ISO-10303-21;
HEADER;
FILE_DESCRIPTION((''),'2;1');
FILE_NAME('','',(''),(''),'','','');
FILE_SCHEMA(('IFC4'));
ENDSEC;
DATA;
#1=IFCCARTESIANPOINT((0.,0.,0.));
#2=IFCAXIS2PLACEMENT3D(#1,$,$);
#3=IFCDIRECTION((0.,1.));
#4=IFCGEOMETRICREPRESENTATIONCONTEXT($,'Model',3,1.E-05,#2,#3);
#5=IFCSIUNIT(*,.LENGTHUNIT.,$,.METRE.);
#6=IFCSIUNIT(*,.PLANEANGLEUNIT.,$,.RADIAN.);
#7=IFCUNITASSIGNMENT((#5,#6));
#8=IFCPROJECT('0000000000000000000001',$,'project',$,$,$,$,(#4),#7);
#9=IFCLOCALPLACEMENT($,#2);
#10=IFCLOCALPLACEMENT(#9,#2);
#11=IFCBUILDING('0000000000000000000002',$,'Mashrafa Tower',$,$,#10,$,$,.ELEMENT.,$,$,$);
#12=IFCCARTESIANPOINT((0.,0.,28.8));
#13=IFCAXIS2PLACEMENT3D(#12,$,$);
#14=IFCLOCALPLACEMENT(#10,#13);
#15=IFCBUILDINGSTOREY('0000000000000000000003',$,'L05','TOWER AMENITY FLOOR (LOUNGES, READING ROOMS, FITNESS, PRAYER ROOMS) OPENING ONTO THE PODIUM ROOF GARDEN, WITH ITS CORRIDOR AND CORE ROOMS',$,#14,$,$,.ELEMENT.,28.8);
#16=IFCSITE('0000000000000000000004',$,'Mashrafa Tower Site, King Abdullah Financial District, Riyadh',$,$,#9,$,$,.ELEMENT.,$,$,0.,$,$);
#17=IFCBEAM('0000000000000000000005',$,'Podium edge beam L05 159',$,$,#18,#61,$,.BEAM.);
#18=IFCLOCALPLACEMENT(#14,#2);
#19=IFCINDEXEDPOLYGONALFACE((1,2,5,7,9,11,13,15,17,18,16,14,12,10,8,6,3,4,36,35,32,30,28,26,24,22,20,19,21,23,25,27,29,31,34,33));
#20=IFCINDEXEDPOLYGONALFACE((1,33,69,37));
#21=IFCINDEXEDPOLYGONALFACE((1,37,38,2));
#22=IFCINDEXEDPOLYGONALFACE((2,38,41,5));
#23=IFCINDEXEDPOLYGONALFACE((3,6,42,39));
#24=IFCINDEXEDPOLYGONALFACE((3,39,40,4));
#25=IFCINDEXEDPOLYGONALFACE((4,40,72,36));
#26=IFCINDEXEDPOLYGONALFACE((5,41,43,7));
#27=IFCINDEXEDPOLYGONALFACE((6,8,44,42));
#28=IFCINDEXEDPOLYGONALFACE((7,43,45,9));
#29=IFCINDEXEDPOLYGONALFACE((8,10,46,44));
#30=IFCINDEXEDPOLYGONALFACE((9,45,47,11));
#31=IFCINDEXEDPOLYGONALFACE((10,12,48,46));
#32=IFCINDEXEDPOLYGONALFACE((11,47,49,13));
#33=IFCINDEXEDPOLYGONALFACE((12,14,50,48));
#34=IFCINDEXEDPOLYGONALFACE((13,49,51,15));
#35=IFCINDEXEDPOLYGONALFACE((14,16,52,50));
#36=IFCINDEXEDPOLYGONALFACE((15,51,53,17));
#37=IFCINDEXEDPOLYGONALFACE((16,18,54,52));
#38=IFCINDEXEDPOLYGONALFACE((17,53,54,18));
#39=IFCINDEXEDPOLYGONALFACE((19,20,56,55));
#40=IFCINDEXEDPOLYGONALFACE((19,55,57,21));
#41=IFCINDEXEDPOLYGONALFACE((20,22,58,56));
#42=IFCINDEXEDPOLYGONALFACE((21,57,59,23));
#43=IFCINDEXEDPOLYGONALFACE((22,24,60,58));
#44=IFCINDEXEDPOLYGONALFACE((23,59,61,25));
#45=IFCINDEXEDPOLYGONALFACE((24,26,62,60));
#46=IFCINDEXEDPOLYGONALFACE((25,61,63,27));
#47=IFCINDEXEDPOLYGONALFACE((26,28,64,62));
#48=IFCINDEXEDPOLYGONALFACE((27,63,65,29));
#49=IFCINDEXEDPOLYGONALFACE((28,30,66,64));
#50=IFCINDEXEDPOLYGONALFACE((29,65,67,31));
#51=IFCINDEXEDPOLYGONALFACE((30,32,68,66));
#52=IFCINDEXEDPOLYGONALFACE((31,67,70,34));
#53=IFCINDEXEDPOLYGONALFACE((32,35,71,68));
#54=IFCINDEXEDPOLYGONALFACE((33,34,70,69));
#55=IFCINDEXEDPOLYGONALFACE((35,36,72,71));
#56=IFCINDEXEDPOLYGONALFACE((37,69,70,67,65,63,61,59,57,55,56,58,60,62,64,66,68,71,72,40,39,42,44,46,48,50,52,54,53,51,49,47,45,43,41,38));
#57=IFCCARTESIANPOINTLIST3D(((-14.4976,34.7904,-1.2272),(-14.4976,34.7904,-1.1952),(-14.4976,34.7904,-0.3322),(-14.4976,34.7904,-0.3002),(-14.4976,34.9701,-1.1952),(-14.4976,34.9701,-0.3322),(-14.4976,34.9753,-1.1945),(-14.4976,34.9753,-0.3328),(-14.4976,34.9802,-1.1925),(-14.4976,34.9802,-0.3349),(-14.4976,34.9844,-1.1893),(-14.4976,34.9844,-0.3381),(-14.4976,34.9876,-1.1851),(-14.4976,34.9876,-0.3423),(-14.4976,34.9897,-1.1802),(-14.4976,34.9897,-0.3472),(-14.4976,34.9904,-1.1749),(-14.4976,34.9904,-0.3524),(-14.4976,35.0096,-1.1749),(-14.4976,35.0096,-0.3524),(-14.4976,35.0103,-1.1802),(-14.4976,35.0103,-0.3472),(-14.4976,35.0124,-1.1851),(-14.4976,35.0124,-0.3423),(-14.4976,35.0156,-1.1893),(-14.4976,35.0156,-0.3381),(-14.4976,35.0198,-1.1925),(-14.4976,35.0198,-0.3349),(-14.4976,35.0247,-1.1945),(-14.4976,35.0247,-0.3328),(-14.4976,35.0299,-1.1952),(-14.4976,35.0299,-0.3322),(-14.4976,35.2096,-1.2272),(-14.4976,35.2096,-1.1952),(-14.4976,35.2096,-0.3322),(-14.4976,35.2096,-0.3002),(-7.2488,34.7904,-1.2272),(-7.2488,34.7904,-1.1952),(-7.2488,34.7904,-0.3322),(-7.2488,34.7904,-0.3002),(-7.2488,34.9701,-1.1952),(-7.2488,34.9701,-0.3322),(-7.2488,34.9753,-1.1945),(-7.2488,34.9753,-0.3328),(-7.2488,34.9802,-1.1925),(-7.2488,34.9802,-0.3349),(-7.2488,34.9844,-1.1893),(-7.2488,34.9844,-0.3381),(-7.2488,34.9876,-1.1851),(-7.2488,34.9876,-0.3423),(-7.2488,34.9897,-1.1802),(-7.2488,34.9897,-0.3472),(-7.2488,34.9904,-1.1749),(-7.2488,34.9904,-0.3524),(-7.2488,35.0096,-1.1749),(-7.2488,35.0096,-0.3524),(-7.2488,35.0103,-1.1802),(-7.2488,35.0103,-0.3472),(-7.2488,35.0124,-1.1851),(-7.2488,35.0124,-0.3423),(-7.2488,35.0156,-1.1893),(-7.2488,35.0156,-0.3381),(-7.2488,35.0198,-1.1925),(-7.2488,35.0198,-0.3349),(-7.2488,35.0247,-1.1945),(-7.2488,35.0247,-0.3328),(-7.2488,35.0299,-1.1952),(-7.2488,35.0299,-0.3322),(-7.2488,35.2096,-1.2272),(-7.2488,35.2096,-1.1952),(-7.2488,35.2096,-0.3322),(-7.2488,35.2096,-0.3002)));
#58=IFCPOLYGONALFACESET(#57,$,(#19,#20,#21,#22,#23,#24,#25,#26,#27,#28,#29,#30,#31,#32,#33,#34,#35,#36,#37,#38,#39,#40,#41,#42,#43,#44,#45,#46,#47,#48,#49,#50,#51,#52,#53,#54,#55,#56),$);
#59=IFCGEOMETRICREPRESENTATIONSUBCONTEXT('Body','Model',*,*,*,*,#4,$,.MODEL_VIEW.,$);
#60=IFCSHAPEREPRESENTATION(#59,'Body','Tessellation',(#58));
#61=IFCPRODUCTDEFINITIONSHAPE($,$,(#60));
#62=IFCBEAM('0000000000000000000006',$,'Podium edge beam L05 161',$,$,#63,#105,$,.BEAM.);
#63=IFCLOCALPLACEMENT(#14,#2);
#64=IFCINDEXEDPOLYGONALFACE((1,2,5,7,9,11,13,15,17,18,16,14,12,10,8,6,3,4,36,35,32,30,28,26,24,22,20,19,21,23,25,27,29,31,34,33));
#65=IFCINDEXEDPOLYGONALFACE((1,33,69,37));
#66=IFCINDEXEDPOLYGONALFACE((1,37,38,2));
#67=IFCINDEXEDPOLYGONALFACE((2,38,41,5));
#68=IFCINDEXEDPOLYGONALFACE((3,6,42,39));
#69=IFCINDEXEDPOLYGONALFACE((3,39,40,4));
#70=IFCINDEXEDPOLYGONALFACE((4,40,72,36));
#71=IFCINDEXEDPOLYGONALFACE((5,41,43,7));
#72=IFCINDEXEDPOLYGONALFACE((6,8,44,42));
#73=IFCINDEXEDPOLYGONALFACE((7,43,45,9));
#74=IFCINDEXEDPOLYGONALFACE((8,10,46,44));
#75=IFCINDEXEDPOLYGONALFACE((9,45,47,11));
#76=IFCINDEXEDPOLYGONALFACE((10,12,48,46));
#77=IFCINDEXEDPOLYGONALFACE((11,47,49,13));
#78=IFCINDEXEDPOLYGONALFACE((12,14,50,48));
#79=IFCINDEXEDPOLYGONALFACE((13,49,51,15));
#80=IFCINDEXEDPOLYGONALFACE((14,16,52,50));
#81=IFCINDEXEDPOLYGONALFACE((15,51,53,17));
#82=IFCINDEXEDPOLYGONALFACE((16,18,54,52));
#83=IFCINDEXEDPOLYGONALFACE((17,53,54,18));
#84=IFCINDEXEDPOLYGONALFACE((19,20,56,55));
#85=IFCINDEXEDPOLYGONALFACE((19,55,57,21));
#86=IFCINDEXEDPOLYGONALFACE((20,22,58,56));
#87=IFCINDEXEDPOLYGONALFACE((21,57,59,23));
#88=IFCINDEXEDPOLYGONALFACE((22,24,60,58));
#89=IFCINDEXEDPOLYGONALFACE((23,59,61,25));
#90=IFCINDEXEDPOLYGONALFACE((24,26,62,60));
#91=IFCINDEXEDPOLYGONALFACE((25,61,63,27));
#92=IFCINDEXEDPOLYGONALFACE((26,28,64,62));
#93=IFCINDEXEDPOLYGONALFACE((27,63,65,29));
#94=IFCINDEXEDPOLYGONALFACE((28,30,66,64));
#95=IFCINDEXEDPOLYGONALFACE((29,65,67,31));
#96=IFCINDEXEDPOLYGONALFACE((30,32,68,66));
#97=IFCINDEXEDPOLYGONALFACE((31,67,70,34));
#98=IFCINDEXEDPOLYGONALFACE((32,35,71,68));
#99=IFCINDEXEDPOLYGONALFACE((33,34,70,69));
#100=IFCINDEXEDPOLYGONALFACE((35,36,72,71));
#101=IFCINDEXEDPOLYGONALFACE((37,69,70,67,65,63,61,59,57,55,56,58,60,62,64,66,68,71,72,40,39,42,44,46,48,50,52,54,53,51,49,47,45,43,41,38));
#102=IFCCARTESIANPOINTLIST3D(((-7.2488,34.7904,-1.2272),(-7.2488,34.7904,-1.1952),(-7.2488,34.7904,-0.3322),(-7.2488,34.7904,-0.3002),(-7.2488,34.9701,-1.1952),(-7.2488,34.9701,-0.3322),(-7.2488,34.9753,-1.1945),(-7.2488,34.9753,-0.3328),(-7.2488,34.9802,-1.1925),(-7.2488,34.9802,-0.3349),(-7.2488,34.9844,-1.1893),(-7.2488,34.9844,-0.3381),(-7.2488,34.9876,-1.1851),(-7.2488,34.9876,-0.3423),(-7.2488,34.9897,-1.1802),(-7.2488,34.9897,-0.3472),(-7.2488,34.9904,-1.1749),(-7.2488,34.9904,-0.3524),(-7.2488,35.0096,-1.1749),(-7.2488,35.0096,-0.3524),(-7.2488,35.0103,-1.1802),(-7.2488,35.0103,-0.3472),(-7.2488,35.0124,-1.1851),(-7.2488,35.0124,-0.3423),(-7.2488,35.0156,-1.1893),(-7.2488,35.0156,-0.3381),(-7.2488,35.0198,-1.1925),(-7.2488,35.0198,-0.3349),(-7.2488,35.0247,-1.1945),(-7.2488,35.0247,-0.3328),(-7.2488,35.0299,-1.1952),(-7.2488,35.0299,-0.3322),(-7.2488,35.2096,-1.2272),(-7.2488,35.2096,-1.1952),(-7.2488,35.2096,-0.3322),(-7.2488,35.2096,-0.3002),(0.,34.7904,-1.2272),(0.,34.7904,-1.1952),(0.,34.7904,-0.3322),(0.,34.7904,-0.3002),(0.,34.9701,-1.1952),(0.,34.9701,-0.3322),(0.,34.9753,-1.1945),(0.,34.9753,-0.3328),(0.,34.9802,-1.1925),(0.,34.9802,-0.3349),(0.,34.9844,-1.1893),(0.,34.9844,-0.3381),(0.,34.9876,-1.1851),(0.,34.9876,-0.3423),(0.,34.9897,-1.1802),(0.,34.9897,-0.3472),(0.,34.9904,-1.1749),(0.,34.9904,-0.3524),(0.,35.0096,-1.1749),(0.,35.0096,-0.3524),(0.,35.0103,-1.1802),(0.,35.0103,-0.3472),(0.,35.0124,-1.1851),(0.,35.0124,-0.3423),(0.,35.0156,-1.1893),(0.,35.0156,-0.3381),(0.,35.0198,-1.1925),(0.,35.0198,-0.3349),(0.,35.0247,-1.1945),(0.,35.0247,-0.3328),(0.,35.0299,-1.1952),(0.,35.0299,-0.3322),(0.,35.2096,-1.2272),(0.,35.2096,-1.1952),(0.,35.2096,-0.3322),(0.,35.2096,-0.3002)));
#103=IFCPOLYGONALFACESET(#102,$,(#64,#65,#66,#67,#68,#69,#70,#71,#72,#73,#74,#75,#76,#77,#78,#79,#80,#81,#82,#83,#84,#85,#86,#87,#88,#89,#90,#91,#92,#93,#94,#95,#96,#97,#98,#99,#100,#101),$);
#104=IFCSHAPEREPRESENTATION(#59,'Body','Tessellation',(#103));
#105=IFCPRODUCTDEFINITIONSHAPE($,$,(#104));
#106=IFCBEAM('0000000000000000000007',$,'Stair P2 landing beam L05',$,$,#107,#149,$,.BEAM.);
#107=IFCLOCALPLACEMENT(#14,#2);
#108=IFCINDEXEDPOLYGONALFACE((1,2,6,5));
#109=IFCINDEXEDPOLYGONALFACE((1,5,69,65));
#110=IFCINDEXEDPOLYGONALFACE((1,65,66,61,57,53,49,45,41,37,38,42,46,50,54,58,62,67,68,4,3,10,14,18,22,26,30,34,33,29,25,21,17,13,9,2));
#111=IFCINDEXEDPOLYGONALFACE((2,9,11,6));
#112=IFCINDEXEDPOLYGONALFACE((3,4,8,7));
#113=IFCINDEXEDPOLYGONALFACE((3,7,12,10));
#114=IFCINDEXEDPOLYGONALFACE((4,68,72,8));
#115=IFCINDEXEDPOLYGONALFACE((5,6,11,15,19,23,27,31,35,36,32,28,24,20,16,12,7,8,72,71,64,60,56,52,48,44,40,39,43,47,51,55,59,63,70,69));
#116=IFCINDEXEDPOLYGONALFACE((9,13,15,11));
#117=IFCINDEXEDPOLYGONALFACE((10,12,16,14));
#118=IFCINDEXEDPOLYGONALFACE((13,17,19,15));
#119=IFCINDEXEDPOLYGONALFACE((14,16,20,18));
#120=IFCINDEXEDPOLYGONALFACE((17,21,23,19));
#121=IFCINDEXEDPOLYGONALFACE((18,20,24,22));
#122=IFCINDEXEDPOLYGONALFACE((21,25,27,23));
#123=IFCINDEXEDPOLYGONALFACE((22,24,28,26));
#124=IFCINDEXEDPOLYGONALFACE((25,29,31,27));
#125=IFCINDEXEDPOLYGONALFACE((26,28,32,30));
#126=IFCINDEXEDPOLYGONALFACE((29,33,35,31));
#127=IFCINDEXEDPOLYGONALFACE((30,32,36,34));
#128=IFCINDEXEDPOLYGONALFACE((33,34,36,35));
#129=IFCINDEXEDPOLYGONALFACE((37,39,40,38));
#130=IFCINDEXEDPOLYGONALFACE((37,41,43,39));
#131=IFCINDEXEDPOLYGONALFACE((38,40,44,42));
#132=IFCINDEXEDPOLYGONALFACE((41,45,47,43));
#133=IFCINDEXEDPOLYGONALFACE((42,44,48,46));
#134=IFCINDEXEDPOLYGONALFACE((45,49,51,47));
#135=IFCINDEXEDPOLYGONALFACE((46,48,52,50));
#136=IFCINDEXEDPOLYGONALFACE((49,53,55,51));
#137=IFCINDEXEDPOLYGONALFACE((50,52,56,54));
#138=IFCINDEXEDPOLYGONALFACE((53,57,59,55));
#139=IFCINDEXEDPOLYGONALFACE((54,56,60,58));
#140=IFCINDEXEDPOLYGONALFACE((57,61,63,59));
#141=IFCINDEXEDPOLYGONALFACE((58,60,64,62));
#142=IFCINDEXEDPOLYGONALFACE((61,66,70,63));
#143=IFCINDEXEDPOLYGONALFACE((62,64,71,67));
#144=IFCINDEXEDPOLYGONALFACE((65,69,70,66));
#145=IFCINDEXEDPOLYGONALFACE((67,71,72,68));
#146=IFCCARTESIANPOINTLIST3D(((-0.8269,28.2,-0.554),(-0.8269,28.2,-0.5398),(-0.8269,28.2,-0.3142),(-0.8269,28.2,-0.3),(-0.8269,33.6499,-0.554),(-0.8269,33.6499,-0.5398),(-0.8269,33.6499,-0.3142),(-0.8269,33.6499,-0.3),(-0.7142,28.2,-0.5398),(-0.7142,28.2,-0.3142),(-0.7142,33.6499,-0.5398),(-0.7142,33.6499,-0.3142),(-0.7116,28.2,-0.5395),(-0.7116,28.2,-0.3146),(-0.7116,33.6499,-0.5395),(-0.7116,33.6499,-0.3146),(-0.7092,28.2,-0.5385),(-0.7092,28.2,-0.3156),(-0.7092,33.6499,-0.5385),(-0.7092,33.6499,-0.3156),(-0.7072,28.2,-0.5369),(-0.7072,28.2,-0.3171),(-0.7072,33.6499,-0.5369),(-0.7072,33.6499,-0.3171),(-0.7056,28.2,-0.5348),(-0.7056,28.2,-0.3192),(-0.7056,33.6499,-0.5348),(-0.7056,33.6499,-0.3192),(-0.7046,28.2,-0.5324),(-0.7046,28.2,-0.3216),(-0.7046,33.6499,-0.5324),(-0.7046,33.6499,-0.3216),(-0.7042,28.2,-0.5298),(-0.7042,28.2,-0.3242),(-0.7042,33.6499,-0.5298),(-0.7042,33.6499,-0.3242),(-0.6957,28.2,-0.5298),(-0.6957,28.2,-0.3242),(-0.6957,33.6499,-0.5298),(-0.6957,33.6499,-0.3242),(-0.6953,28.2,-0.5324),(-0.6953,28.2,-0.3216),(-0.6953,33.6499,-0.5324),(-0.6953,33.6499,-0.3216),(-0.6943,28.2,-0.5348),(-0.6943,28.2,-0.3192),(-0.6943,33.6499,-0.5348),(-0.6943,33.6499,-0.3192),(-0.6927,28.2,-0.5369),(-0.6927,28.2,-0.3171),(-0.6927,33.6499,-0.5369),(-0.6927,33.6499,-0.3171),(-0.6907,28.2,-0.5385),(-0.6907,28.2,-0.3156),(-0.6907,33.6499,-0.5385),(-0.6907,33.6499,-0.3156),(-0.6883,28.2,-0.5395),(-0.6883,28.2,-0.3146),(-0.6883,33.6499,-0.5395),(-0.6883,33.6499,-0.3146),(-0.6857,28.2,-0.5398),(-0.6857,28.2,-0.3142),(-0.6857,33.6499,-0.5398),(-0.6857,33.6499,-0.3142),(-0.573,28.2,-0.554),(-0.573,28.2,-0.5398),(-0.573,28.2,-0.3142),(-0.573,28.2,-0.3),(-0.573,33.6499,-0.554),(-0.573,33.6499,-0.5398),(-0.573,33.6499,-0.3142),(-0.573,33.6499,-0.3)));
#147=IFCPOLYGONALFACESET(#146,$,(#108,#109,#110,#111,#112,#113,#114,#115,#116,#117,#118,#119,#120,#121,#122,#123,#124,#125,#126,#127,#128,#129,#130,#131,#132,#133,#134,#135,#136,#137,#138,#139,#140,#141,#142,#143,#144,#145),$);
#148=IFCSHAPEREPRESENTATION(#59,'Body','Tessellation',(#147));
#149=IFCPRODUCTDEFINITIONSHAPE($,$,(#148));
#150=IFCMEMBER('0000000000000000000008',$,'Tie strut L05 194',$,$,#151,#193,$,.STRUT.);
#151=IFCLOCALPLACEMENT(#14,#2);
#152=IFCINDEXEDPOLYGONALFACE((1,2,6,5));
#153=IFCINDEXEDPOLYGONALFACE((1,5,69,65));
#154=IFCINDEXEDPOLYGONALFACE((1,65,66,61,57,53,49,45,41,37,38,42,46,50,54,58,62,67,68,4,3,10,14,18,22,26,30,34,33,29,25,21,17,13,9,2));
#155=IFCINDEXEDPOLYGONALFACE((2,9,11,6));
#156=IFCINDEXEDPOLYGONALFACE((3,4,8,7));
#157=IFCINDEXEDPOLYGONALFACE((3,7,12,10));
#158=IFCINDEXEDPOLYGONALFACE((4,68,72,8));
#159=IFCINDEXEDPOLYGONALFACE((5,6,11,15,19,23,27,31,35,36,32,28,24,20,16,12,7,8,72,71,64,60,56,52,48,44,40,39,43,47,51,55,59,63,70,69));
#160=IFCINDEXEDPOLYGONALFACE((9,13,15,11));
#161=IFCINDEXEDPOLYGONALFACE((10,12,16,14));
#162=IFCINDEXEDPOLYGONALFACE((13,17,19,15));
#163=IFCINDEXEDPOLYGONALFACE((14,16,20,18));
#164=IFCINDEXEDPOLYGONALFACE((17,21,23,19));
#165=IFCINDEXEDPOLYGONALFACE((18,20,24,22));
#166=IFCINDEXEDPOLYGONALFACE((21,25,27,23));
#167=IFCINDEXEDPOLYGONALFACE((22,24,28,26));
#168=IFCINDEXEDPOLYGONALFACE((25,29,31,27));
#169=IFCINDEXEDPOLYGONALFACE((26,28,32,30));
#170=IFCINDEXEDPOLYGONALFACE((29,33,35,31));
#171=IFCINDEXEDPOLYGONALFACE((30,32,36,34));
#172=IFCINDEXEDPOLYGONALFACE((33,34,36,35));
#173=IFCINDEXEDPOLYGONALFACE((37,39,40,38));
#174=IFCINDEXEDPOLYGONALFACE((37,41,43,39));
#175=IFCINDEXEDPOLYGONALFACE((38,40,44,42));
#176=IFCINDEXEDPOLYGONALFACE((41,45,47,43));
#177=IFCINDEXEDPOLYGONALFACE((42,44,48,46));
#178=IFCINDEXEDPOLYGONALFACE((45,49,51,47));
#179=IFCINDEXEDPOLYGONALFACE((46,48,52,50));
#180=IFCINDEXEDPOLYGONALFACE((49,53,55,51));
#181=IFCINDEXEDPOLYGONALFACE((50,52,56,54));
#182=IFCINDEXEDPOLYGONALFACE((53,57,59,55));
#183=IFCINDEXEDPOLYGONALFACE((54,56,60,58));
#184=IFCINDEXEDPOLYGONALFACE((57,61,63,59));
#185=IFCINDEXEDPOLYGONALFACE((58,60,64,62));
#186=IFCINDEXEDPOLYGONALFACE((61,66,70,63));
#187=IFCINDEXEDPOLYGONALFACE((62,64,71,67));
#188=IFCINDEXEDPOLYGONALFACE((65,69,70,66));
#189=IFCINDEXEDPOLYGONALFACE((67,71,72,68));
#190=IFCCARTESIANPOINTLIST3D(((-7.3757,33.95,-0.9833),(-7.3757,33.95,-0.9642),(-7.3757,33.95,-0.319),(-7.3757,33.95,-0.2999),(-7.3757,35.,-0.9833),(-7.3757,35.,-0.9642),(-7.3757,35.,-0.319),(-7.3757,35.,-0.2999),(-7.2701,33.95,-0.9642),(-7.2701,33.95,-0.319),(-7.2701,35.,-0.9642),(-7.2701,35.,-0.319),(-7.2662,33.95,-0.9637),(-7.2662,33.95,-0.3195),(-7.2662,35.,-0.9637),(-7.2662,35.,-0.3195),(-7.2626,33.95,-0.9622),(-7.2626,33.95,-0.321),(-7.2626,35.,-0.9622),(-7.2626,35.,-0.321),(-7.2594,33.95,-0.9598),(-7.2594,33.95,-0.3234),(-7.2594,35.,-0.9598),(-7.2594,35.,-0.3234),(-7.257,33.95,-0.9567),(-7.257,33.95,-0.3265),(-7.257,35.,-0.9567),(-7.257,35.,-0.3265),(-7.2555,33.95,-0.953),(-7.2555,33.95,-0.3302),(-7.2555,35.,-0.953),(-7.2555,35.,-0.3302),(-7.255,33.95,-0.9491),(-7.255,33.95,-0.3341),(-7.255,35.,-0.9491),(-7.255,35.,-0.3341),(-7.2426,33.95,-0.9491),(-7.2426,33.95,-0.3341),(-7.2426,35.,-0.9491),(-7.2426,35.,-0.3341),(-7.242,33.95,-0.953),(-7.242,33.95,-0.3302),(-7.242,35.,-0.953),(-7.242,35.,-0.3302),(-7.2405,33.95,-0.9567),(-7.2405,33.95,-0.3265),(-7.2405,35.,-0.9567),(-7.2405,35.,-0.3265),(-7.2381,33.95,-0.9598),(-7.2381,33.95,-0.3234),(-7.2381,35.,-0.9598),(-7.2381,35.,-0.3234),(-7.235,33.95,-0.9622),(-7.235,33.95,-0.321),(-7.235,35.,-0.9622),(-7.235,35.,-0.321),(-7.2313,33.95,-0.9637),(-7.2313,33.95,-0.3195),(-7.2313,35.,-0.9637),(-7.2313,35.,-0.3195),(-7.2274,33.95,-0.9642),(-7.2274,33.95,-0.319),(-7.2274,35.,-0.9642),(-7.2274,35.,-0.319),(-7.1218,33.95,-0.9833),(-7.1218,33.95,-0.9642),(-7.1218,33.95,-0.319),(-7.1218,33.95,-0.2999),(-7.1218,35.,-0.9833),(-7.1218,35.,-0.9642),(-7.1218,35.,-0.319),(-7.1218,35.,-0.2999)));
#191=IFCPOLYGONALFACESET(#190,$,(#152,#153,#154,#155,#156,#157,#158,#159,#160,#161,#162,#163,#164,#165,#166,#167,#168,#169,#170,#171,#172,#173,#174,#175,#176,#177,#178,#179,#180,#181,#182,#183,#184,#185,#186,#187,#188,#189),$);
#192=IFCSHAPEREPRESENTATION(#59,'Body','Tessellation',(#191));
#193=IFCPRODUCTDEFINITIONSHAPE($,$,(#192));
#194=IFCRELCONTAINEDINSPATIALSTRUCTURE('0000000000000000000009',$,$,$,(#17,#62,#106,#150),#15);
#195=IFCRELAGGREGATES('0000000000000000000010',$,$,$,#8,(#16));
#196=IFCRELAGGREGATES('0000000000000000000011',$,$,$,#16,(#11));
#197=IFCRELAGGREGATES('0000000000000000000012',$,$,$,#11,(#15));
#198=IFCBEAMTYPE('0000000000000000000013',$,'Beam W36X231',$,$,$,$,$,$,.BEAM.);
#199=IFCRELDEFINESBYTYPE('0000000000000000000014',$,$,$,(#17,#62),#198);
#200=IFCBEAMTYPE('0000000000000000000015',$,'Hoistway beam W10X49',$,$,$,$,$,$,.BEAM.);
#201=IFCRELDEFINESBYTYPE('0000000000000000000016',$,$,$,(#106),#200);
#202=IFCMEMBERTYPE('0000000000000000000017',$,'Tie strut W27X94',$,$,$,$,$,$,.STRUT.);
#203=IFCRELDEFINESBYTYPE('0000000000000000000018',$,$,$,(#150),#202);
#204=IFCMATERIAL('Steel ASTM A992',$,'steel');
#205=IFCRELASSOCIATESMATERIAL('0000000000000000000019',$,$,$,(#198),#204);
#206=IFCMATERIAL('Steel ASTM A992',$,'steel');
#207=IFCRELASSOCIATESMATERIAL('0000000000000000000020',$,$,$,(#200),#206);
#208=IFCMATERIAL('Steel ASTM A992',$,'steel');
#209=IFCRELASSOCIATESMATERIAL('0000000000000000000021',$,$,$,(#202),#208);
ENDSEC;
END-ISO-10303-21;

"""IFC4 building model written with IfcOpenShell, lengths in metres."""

from ifc_helpers import new_model, si_unit, direction, frame, origin, origin_2d, place, context, subcontext, project, spatial, i_section, extrude, source, transform, mapped, material, material_profile, profile_set, type_object, type_shapes, element, save


model = new_model("IFC4")

# Units and contexts
model_context = context("Model", 3, precision=1e-05, world=origin(), true_north=direction((0.0, 1.0)))
body_context = subcontext(model_context, "Body", "Model", "MODEL_VIEW")
ifc_project = project(units=[si_unit("LENGTHUNIT", "METRE"), si_unit("PLANEANGLEUNIT", "RADIAN")], contexts=[model_context])

# Site, building, storey
site_placement = place(None, origin())
site = spatial("IfcSite", under=ifc_project, at=site_placement, Name="Mashrafa Tower Site, King Abdullah Financial District, Riyadh", CompositionType="ELEMENT", RefElevation=0.0)
building_placement = place(site_placement, origin())
building = spatial("IfcBuilding", under=site, at=building_placement, Name="Mashrafa Tower", CompositionType="ELEMENT")
storey_placement = place(building_placement, frame((0.0, 0.0, 28.8)))
storey = spatial("IfcBuildingStorey", under=building, at=storey_placement, Name="L05", Description="TOWER AMENITY FLOOR (LOUNGES, READING ROOMS, FITNESS, PRAYER ROOMS) OPENING ONTO THE PODIUM ROOF GARDEN, WITH ITS CORRIDOR AND CORE ROOMS", CompositionType="ELEMENT", Elevation=28.8)

# Beams
ifc_material_1 = material(Name="Steel ASTM A992", Category="steel")
ifc_material_profile_1 = material_profile(ifc_material_1, i_section(OverallWidth=0.4192, OverallDepth=0.927, WebThickness=0.0193, FlangeThickness=0.032, FilletRadius=0.0203, at=origin_2d()), Name="W36X231")
ifc_profile_set_1 = profile_set([ifc_material_profile_1], Name="Steel ASTM A992")
beam_type_1 = type_object("IfcBeamType", Name="Beam W36X231", PredefinedType="BEAM", material=ifc_profile_set_1)
for number, where, z_axis, x_axis, name in (
    (1, (-7.2488, 35.0, -0.7637), (-1.0, 0.0, 0.0), (0.0, -1.0, 0.0), "Podium edge beam L05 159"),
    (2, (0.0, 35.0, -0.7637), (-1.0, 0.0, 0.0), (0.0, -1.0, 0.0), "Podium edge beam L05 161"),
):
    element("IfcBeam", number, at=place(storey_placement, frame(where, z_axis=z_axis, x_axis=x_axis)), inside=storey, type_object=beam_type_1, Name=name, PredefinedType="BEAM", context=body_context, shape_type="SweptSolid", body=[
        extrude(i_section(OverallWidth=0.4192, OverallDepth=0.927, WebThickness=0.0193, FlangeThickness=0.032, FilletRadius=0.0203, at=origin_2d()), origin(), (0.0, 0.0, 1.0), 7.2488),
    ])
ifc_material_2 = material(Name="Steel ASTM A992", Category="steel")
ifc_material_profile_2 = material_profile(ifc_material_2, i_section(OverallWidth=0.2539, OverallDepth=0.2539, WebThickness=0.0085, FlangeThickness=0.0142, FilletRadius=0.01, at=origin_2d()), Name="W10X49")
ifc_profile_set_2 = profile_set([ifc_material_profile_2], Name="Steel ASTM A992")
beam_type_2 = type_object("IfcBeamType", Name="Hoistway beam W10X49", PredefinedType="BEAM", material=ifc_profile_set_2)
beam_1_placement = place(storey_placement, frame((-0.7, 28.2, -0.427), z_axis=(0.0, 1.0, 0.0), x_axis=(-1.0, 0.0, 0.0)))
element("IfcBeam", 3, at=beam_1_placement, inside=storey, type_object=beam_type_2, Name="Stair P2 landing beam L05", PredefinedType="BEAM", context=body_context, shape_type="SweptSolid", body=[
    extrude(i_section(OverallWidth=0.2539, OverallDepth=0.2539, WebThickness=0.0085, FlangeThickness=0.0142, FilletRadius=0.01, at=origin_2d()), origin(), (0.0, 0.0, 1.0), 5.45),
])

# Member
ifc_material_3 = material(Name="Steel ASTM A992", Category="steel")
ifc_material_profile_3 = material_profile(ifc_material_3, i_section(OverallWidth=0.2539, OverallDepth=0.6833, WebThickness=0.0125, FlangeThickness=0.019, FilletRadius=0.0151, at=origin_2d()), Name="W27X94")
ifc_profile_set_3 = profile_set([ifc_material_profile_3], Name="Steel ASTM A992")
member_type_1 = type_object("IfcMemberType", Name="Tie strut W27X94", PredefinedType="STRUT", material=ifc_profile_set_3)
shared_shape_1 = source(origin(), body_context, "Body", "SweptSolid", [
    extrude(i_section(OverallWidth=0.2539, OverallDepth=0.6833, WebThickness=0.0125, FlangeThickness=0.019, FilletRadius=0.0151, at=origin_2d()), origin(), (0.0, 0.0, 1.0), 1.05),
])
type_shapes(member_type_1, [shared_shape_1])
for number, where, z_axis, x_axis, name in (
    (4, (-7.2488, 33.95, -0.6416), (0.0, 1.0, 0.0), (-1.0, 0.0, 0.0), "Tie strut L05 194"),
):
    element("IfcMember", number, at=place(storey_placement, frame(where, z_axis=z_axis, x_axis=x_axis)), inside=storey, type_object=member_type_1, Name=name, PredefinedType="STRUT", context=body_context, shape_type="MappedRepresentation", body=[
        mapped(shared_shape_1, transform((0.0, 0.0, 0.0))),
    ])

save(model, "model.ifc")
